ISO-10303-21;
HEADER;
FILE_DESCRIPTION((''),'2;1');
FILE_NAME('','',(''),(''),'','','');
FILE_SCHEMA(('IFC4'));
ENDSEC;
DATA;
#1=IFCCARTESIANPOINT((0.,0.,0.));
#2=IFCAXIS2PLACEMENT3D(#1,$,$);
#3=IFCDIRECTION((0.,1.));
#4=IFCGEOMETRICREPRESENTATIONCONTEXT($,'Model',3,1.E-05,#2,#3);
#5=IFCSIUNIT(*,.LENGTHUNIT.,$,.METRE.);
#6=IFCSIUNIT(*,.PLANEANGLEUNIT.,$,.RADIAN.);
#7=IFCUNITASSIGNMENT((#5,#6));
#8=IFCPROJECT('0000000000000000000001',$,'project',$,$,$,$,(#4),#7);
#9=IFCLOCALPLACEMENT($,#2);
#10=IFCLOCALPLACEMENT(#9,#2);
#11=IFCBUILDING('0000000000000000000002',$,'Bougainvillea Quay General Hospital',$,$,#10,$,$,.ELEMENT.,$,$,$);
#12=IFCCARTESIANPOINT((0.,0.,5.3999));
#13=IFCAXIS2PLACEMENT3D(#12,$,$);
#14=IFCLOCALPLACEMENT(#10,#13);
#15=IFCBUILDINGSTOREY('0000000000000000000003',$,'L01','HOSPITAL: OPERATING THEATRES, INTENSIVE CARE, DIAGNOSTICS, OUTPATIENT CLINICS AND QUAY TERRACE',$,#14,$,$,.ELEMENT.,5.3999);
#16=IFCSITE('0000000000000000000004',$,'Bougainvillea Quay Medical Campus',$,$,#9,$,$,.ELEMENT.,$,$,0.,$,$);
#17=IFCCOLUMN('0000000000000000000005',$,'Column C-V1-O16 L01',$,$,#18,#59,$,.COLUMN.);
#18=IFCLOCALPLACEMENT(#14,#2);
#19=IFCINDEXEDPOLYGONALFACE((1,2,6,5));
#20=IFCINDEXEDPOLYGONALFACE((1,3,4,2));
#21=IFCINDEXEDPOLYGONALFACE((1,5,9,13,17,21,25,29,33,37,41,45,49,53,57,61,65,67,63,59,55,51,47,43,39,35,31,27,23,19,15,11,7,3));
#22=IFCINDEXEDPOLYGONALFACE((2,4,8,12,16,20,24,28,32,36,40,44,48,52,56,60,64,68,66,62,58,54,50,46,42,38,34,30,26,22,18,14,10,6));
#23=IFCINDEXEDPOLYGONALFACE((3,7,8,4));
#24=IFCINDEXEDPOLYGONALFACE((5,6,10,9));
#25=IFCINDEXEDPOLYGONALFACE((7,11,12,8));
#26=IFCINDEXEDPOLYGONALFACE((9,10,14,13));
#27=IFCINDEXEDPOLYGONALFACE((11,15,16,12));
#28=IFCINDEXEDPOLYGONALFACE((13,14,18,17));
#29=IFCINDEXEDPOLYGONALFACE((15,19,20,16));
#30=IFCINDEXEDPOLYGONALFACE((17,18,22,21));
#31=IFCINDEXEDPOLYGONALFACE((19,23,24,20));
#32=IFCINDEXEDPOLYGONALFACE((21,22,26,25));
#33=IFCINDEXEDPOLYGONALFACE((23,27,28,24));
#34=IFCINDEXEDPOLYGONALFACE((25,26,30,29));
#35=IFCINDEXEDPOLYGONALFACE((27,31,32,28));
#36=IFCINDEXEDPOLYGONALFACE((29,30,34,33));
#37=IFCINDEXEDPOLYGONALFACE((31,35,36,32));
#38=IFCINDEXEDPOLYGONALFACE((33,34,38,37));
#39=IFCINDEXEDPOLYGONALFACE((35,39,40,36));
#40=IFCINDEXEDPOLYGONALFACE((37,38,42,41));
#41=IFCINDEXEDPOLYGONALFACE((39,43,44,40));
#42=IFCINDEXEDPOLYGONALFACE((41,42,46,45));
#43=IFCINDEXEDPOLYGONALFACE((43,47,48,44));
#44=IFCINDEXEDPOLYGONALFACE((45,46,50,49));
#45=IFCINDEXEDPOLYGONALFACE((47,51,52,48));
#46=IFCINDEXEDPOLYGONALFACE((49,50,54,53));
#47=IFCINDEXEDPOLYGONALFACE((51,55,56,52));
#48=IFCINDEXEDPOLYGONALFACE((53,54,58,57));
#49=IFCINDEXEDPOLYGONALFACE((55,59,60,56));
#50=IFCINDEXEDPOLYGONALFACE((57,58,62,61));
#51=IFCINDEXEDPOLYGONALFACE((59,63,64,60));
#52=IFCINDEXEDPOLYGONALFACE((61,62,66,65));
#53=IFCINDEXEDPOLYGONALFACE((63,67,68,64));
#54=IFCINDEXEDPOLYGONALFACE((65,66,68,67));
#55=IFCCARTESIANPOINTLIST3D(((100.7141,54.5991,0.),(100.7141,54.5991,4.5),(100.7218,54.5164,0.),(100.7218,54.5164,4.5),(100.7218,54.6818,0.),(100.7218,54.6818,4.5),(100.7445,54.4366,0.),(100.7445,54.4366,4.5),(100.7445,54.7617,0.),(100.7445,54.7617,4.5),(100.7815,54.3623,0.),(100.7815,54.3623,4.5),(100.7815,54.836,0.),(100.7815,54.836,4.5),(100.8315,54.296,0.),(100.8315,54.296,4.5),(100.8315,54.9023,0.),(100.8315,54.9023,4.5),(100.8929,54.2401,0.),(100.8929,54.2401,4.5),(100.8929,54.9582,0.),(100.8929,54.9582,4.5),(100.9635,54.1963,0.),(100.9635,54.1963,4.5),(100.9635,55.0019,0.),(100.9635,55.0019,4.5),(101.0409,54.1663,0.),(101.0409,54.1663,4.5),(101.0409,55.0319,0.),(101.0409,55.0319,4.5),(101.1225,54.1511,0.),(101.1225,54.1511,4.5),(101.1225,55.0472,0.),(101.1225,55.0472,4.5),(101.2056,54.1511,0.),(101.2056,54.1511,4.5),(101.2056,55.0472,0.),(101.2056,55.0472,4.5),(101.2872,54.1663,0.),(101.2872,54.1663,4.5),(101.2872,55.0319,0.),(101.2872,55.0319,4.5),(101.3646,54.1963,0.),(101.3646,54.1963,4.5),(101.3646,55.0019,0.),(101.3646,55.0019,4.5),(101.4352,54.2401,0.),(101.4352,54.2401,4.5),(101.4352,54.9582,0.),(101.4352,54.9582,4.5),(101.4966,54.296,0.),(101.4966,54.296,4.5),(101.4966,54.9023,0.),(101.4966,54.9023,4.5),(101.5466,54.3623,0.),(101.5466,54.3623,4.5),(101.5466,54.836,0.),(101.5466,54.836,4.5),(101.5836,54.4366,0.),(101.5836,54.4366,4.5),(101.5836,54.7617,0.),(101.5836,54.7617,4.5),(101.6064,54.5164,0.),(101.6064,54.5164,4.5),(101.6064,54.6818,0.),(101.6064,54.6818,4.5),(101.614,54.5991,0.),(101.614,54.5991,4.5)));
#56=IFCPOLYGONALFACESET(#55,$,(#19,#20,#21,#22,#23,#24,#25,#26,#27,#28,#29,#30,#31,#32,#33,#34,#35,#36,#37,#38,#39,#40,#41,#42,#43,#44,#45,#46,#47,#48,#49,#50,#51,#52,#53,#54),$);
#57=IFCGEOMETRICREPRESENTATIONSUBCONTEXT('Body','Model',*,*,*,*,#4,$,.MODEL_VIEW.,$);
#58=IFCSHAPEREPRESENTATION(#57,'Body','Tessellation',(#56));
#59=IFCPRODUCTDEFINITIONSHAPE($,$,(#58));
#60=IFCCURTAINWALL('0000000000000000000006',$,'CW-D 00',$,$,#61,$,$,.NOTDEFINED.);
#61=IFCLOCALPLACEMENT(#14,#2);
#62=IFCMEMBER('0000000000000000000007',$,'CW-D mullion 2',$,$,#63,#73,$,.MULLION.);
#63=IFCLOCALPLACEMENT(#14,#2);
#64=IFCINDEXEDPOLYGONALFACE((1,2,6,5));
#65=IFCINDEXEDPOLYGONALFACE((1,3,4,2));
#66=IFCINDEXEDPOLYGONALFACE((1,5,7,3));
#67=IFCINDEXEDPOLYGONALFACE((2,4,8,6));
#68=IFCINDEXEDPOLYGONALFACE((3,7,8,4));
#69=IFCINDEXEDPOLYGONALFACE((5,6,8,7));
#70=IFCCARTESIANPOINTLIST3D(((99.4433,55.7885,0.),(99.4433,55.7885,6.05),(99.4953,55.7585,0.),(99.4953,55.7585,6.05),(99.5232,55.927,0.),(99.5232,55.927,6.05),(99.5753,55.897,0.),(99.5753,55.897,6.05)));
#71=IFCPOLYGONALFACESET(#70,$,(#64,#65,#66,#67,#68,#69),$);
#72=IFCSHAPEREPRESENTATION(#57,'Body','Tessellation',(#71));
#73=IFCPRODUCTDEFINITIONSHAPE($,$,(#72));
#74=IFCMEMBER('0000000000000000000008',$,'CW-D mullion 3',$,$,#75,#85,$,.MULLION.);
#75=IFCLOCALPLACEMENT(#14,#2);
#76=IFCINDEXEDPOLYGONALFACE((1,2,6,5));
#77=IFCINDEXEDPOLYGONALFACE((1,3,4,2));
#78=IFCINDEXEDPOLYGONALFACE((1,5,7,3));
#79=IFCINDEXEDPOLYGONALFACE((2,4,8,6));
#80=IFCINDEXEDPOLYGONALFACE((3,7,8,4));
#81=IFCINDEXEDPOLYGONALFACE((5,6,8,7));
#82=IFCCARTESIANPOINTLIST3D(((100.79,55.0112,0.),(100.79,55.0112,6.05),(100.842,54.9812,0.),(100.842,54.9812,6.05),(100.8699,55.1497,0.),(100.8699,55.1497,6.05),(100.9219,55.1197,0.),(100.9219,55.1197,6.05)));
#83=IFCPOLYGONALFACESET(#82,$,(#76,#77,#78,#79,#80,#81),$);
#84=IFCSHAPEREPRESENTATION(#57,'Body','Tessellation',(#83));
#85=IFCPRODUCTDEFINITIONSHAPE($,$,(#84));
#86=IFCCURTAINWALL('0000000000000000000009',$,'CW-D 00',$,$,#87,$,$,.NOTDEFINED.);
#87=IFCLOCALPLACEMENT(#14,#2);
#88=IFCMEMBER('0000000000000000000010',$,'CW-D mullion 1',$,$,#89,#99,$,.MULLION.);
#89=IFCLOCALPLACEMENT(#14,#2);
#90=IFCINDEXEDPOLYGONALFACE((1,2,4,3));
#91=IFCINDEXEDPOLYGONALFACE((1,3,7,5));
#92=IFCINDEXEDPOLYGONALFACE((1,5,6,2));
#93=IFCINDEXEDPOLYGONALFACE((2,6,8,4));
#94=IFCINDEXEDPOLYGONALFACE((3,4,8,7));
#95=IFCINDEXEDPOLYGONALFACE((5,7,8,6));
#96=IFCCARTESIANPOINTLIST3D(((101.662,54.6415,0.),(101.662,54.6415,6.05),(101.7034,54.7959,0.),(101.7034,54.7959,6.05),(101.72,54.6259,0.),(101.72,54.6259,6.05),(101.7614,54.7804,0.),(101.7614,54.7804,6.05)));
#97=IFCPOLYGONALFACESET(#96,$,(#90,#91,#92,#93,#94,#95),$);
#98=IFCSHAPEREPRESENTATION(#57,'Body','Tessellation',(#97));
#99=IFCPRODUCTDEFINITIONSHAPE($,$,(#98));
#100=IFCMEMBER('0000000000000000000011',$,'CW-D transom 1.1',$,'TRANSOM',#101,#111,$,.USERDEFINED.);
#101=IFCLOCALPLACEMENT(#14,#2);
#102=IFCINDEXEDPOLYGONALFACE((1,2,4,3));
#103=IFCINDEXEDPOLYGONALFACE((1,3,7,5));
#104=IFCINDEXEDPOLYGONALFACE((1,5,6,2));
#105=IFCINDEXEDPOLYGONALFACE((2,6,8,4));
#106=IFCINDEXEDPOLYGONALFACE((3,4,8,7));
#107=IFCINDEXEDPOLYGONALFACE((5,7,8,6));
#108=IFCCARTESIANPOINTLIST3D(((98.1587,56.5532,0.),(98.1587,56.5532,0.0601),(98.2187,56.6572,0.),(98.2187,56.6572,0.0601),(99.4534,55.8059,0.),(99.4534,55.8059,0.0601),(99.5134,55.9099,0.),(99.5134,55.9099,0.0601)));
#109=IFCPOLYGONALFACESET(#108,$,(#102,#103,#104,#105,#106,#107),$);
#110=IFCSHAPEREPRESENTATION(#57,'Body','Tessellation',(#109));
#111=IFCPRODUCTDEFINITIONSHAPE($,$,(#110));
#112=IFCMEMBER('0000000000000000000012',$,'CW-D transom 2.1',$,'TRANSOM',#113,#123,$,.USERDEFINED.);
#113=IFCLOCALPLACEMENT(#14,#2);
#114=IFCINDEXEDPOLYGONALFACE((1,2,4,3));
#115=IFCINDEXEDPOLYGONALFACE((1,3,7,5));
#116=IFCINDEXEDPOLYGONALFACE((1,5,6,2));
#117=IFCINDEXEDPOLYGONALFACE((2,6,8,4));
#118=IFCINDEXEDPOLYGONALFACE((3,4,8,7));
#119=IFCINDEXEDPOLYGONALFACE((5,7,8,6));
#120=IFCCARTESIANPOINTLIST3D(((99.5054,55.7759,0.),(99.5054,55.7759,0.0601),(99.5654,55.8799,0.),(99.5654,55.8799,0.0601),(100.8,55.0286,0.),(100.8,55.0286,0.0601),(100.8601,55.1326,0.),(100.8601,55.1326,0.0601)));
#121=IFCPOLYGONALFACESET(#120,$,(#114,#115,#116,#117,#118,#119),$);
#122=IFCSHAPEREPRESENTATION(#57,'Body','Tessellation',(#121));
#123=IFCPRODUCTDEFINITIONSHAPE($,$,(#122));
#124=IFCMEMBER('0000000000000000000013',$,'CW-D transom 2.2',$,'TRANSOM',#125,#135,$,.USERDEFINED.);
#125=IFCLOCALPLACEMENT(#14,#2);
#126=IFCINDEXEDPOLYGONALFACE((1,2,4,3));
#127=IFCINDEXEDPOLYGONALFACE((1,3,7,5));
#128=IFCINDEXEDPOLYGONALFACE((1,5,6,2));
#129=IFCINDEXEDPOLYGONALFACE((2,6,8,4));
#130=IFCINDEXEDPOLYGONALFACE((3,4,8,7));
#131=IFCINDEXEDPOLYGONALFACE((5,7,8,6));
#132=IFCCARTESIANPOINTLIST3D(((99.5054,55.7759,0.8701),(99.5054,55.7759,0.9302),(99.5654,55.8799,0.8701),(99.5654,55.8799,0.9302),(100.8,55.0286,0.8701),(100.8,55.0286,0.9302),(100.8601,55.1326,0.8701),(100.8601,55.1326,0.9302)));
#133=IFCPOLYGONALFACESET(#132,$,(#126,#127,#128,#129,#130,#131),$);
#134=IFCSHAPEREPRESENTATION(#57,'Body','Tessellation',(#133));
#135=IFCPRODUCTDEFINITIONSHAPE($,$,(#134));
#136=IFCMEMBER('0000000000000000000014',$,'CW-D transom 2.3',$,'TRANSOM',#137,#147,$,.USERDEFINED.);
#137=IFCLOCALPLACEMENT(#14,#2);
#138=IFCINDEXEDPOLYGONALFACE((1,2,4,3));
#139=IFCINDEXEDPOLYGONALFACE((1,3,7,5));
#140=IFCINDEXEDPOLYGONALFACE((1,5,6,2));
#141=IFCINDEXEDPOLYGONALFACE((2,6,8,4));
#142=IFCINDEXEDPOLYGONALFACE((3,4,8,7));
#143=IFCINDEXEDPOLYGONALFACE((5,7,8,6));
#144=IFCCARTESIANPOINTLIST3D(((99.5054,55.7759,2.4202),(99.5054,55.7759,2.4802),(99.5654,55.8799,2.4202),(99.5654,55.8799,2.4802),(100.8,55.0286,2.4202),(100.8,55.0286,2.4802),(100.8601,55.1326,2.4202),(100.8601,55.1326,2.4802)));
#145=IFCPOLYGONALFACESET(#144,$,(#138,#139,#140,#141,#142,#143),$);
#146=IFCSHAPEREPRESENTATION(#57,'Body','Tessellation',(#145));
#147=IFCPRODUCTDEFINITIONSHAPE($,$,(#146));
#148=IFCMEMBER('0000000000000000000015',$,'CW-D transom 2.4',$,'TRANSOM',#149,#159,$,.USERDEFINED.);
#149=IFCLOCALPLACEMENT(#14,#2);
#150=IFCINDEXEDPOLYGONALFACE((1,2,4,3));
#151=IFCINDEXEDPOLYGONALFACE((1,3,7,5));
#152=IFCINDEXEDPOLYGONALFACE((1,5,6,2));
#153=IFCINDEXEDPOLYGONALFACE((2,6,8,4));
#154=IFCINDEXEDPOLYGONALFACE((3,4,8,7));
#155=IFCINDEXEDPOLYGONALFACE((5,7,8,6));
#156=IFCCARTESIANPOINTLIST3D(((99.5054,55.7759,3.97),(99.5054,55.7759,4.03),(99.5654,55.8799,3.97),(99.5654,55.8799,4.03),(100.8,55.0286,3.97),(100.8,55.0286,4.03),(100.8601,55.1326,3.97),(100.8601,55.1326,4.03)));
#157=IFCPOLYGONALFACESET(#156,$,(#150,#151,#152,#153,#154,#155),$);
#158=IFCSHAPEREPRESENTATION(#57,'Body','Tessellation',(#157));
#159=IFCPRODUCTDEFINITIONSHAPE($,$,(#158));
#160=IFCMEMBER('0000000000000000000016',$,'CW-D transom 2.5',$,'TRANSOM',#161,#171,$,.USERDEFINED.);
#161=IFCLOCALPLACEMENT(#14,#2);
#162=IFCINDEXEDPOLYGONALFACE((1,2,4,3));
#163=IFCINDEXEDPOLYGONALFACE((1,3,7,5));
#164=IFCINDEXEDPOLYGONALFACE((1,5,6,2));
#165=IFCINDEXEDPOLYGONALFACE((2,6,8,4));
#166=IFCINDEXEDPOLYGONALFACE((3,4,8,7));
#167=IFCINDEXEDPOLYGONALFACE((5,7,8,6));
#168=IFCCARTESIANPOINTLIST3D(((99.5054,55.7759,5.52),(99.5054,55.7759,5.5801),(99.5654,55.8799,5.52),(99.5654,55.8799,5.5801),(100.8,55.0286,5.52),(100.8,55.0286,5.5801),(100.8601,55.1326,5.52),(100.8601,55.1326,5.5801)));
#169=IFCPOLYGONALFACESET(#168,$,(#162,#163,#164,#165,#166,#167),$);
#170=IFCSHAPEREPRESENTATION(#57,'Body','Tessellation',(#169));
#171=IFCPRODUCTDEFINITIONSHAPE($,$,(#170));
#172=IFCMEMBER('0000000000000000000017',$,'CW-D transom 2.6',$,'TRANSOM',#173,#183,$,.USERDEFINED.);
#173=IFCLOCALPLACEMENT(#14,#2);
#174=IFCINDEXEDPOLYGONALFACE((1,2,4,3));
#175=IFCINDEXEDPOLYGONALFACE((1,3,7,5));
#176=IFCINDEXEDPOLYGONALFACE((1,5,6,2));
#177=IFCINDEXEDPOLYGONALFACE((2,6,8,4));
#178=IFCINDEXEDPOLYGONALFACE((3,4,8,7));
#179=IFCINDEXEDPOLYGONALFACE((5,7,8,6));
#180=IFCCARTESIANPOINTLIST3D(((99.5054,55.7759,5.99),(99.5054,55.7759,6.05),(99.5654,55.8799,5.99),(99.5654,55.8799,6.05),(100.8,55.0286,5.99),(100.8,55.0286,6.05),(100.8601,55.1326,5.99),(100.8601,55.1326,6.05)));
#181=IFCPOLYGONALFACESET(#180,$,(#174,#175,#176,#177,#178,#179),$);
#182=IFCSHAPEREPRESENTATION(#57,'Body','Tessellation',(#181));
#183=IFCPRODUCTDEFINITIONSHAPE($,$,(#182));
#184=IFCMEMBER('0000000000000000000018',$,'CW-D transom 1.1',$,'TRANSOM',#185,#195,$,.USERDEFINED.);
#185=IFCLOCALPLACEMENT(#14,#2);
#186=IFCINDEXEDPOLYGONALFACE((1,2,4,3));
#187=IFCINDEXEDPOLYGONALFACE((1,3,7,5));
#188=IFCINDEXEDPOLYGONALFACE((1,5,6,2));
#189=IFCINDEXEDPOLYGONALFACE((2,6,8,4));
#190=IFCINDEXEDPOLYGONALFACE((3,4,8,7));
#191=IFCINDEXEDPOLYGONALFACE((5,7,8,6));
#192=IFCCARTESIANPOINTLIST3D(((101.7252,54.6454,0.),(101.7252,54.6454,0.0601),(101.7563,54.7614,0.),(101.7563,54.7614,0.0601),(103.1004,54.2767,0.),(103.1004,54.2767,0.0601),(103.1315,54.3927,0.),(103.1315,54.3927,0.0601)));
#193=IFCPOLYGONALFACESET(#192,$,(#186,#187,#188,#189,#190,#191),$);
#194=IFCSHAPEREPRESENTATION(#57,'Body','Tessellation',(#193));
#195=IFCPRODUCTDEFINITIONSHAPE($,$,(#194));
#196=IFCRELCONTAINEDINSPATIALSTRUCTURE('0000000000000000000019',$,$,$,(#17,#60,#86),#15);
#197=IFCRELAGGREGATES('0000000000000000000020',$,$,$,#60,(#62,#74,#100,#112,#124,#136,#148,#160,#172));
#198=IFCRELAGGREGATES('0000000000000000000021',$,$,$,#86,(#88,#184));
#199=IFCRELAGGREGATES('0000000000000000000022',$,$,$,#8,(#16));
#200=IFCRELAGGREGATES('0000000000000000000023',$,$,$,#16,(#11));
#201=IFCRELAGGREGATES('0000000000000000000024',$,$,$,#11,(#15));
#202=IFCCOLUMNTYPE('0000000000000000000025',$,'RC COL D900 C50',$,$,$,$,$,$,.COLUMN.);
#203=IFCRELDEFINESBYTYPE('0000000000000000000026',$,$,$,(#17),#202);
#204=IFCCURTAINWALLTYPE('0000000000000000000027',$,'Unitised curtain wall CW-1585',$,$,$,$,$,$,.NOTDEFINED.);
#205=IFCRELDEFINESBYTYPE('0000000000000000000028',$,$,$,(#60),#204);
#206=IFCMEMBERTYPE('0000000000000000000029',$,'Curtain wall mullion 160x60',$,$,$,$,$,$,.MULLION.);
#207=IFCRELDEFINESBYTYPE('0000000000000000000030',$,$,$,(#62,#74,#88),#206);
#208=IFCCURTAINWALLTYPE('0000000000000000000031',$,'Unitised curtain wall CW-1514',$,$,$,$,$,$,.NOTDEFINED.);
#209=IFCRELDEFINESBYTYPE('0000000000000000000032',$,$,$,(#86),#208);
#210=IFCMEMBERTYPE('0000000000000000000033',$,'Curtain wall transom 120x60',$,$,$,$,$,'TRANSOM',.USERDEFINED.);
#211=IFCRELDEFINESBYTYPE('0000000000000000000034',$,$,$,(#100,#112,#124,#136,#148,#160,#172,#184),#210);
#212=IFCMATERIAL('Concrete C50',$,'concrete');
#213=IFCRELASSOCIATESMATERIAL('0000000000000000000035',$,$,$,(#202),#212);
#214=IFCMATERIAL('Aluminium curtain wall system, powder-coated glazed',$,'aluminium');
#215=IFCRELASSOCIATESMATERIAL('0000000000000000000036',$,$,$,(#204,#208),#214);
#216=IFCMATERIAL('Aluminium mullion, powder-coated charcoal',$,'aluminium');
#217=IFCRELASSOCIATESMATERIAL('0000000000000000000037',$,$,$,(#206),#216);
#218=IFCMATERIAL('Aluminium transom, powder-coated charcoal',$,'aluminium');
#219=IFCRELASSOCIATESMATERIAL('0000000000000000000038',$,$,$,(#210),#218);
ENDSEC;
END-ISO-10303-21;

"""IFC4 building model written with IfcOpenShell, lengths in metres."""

from ifc_helpers import new_model, si_unit, direction, frame, origin, origin_2d, place, context, subcontext, project, spatial, rectangle, circle, extrude, material, material_profile, profile_set, type_object, element, aggregate, save


model = new_model("IFC4")

# Units and contexts
model_context = context("Model", 3, precision=1e-05, world=origin(), true_north=direction((0.0, 1.0)))
body_context = subcontext(model_context, "Body", "Model", "MODEL_VIEW")
ifc_project = project(units=[si_unit("LENGTHUNIT", "METRE"), si_unit("PLANEANGLEUNIT", "RADIAN")], contexts=[model_context])

# Site, building, storey
site_placement = place(None, origin())
site = spatial("IfcSite", under=ifc_project, at=site_placement, Name="Bougainvillea Quay Medical Campus", CompositionType="ELEMENT", RefElevation=0.0)
building_placement = place(site_placement, origin())
building = spatial("IfcBuilding", under=site, at=building_placement, Name="Bougainvillea Quay General Hospital", CompositionType="ELEMENT")
storey_placement = place(building_placement, frame((0.0, 0.0, 5.3999)))
storey = spatial("IfcBuildingStorey", under=building, at=storey_placement, Name="L01", Description="HOSPITAL: OPERATING THEATRES, INTENSIVE CARE, DIAGNOSTICS, OUTPATIENT CLINICS AND QUAY TERRACE", CompositionType="ELEMENT", Elevation=5.3999)

# Column
ifc_material_1 = material(Name="Concrete C50", Category="concrete")
ifc_material_profile_1 = material_profile(ifc_material_1, circle(Radius=0.45, at=origin_2d()))
ifc_profile_set_1 = profile_set([ifc_material_profile_1], Name="Concrete C50")
column_type = type_object("IfcColumnType", Name="RC COL D900 C50", PredefinedType="COLUMN", material=ifc_profile_set_1)
column_placement = place(storey_placement, frame((101.1641, 54.5991, 0.0), z_axis=(0.0, 0.0, 1.0), x_axis=(1.0, 0.0, 0.0)))
element("IfcColumn", 1, at=column_placement, inside=storey, type_object=column_type, Name="Column C-V1-O16 L01", PredefinedType="COLUMN", context=body_context, shape_type="SweptSolid", body=[
    extrude(circle(Radius=0.45, at=origin_2d()), origin(), (0.0, 0.0, 1.0), 4.5),
])

# Curtain wall, members
ifc_material_2 = material(Name="Aluminium curtain wall system, powder-coated glazed", Category="aluminium")
curtain_wall_type_1 = type_object("IfcCurtainWallType", Name="Unitised curtain wall CW-1585", PredefinedType="NOTDEFINED", material=ifc_material_2)
curtain_wall_1_placement = place(storey_placement, origin())
curtain_wall_1 = element("IfcCurtainWall", 2, at=curtain_wall_1_placement, inside=storey, type_object=curtain_wall_type_1, Name="CW-D 00", PredefinedType="NOTDEFINED")
ifc_material_3 = material(Name="Aluminium mullion, powder-coated charcoal", Category="aluminium")
ifc_material_profile_2 = material_profile(ifc_material_3, rectangle(XDim=0.1599, YDim=0.0601, at=origin_2d()))
ifc_profile_set_2 = profile_set([ifc_material_profile_2], Name="Aluminium mullion, powder-coated charcoal")
member_type_1 = type_object("IfcMemberType", Name="Curtain wall mullion 160x60", PredefinedType="MULLION", material=ifc_profile_set_2)
member_1_placement = place(storey_placement, frame((99.5093, 55.8428, 0.0), z_axis=(0.0, 0.0, 1.0), x_axis=(0.499965, 0.866046, 0.0)))
member_1 = element("IfcMember", 3, at=member_1_placement, type_object=member_type_1, Name="CW-D mullion 2", PredefinedType="MULLION", context=body_context, shape_type="SweptSolid", body=[
    extrude(rectangle(XDim=0.1599, YDim=0.0601, at=origin_2d()), origin(), (0.0, 0.0, 1.0), 6.05),
])
member_2_placement = place(storey_placement, frame((100.856, 55.0654, 0.0), z_axis=(0.0, 0.0, 1.0), x_axis=(0.499965, 0.866046, 0.0)))
member_2 = element("IfcMember", 4, at=member_2_placement, type_object=member_type_1, Name="CW-D mullion 3", PredefinedType="MULLION", context=body_context, shape_type="SweptSolid", body=[
    extrude(rectangle(XDim=0.1599, YDim=0.0601, at=origin_2d()), origin(), (0.0, 0.0, 1.0), 6.05),
])

# Curtain wall, member
curtain_wall_type_2 = type_object("IfcCurtainWallType", Name="Unitised curtain wall CW-1514", PredefinedType="NOTDEFINED", material=ifc_material_2)
curtain_wall_2_placement = place(storey_placement, origin())
curtain_wall_2 = element("IfcCurtainWall", 5, at=curtain_wall_2_placement, inside=storey, type_object=curtain_wall_type_2, Name="CW-D 00", PredefinedType="NOTDEFINED")
member_3_placement = place(storey_placement, frame((101.7117, 54.7109, 0.0), z_axis=(0.0, 0.0, 1.0), x_axis=(0.258855, 0.965916, 0.0)))
member_3 = element("IfcMember", 6, at=member_3_placement, type_object=member_type_1, Name="CW-D mullion 1", PredefinedType="MULLION", context=body_context, shape_type="SweptSolid", body=[
    extrude(rectangle(XDim=0.1599, YDim=0.0601, at=origin_2d()), origin(), (0.0, 0.0, 1.0), 6.05),
])

# Members
ifc_material_4 = material(Name="Aluminium transom, powder-coated charcoal", Category="aluminium")
ifc_material_profile_3 = material_profile(ifc_material_4, rectangle(XDim=0.1201, YDim=0.0601, at=origin_2d()))
ifc_profile_set_3 = profile_set([ifc_material_profile_3], Name="Aluminium transom, powder-coated charcoal")
member_type_2 = type_object("IfcMemberType", Name="Curtain wall transom 120x60", ElementType="TRANSOM", PredefinedType="USERDEFINED", material=ifc_profile_set_3)
member_4_placement = place(storey_placement, frame((98.1887, 56.6052, 0.03), z_axis=(0.866074, -0.499916, 0.0), x_axis=(0.499916, 0.866074, 0.0)))
member_4 = element("IfcMember", 7, at=member_4_placement, type_object=member_type_2, Name="CW-D transom 1.1", ObjectType="TRANSOM", PredefinedType="USERDEFINED", context=body_context, shape_type="SweptSolid", body=[
    extrude(rectangle(XDim=0.1201, YDim=0.0601, at=origin_2d()), origin(), (0.0, 0.0, 1.0), 1.4949),
])
member_5_placement = place(storey_placement, frame((99.5354, 55.8279, 0.03), z_axis=(0.866074, -0.499916, 0.0), x_axis=(0.499916, 0.866074, 0.0)))
member_5 = element("IfcMember", 8, at=member_5_placement, type_object=member_type_2, Name="CW-D transom 2.1", ObjectType="TRANSOM", PredefinedType="USERDEFINED", context=body_context, shape_type="SweptSolid", body=[
    extrude(rectangle(XDim=0.1201, YDim=0.0601, at=origin_2d()), origin(), (0.0, 0.0, 1.0), 1.4949),
])
member_6_placement = place(storey_placement, frame((99.5354, 55.8279, 0.9001), z_axis=(0.866074, -0.499916, 0.0), x_axis=(0.499916, 0.866074, 0.0)))
member_6 = element("IfcMember", 9, at=member_6_placement, type_object=member_type_2, Name="CW-D transom 2.2", ObjectType="TRANSOM", PredefinedType="USERDEFINED", context=body_context, shape_type="SweptSolid", body=[
    extrude(rectangle(XDim=0.1201, YDim=0.0601, at=origin_2d()), origin(), (0.0, 0.0, 1.0), 1.4949),
])
member_7_placement = place(storey_placement, frame((99.5354, 55.8279, 2.4502), z_axis=(0.866074, -0.499916, 0.0), x_axis=(0.499916, 0.866074, 0.0)))
member_7 = element("IfcMember", 10, at=member_7_placement, type_object=member_type_2, Name="CW-D transom 2.3", ObjectType="TRANSOM", PredefinedType="USERDEFINED", context=body_context, shape_type="SweptSolid", body=[
    extrude(rectangle(XDim=0.1201, YDim=0.0601, at=origin_2d()), origin(), (0.0, 0.0, 1.0), 1.4949),
])
member_8_placement = place(storey_placement, frame((99.5354, 55.8279, 4.0), z_axis=(0.866074, -0.499916, 0.0), x_axis=(0.499916, 0.866074, 0.0)))
member_8 = element("IfcMember", 11, at=member_8_placement, type_object=member_type_2, Name="CW-D transom 2.4", ObjectType="TRANSOM", PredefinedType="USERDEFINED", context=body_context, shape_type="SweptSolid", body=[
    extrude(rectangle(XDim=0.1201, YDim=0.0601, at=origin_2d()), origin(), (0.0, 0.0, 1.0), 1.4949),
])
member_9_placement = place(storey_placement, frame((99.5354, 55.8279, 5.55), z_axis=(0.866074, -0.499916, 0.0), x_axis=(0.499916, 0.866074, 0.0)))
member_9 = element("IfcMember", 12, at=member_9_placement, type_object=member_type_2, Name="CW-D transom 2.5", ObjectType="TRANSOM", PredefinedType="USERDEFINED", context=body_context, shape_type="SweptSolid", body=[
    extrude(rectangle(XDim=0.1201, YDim=0.0601, at=origin_2d()), origin(), (0.0, 0.0, 1.0), 1.4949),
])
member_10_placement = place(storey_placement, frame((99.5354, 55.8279, 6.02), z_axis=(0.866074, -0.499916, 0.0), x_axis=(0.499916, 0.866074, 0.0)))
member_10 = element("IfcMember", 13, at=member_10_placement, type_object=member_type_2, Name="CW-D transom 2.6", ObjectType="TRANSOM", PredefinedType="USERDEFINED", context=body_context, shape_type="SweptSolid", body=[
    extrude(rectangle(XDim=0.1201, YDim=0.0601, at=origin_2d()), origin(), (0.0, 0.0, 1.0), 1.4949),
])
member_11_placement = place(storey_placement, frame((101.7407, 54.7034, 0.03), z_axis=(0.965898, -0.258922, 0.0), x_axis=(0.258922, 0.965898, 0.0)))
member_11 = element("IfcMember", 14, at=member_11_placement, type_object=member_type_2, Name="CW-D transom 1.1", ObjectType="TRANSOM", PredefinedType="USERDEFINED", context=body_context, shape_type="SweptSolid", body=[
    extrude(rectangle(XDim=0.1201, YDim=0.0601, at=origin_2d()), origin(), (0.0, 0.0, 1.0), 1.4238),
])

aggregate(curtain_wall_1, [member_1, member_2, member_4, member_5, member_6, member_7, member_8, member_9, member_10])
aggregate(curtain_wall_2, [member_3, member_11])

save(model, "model.ifc")
